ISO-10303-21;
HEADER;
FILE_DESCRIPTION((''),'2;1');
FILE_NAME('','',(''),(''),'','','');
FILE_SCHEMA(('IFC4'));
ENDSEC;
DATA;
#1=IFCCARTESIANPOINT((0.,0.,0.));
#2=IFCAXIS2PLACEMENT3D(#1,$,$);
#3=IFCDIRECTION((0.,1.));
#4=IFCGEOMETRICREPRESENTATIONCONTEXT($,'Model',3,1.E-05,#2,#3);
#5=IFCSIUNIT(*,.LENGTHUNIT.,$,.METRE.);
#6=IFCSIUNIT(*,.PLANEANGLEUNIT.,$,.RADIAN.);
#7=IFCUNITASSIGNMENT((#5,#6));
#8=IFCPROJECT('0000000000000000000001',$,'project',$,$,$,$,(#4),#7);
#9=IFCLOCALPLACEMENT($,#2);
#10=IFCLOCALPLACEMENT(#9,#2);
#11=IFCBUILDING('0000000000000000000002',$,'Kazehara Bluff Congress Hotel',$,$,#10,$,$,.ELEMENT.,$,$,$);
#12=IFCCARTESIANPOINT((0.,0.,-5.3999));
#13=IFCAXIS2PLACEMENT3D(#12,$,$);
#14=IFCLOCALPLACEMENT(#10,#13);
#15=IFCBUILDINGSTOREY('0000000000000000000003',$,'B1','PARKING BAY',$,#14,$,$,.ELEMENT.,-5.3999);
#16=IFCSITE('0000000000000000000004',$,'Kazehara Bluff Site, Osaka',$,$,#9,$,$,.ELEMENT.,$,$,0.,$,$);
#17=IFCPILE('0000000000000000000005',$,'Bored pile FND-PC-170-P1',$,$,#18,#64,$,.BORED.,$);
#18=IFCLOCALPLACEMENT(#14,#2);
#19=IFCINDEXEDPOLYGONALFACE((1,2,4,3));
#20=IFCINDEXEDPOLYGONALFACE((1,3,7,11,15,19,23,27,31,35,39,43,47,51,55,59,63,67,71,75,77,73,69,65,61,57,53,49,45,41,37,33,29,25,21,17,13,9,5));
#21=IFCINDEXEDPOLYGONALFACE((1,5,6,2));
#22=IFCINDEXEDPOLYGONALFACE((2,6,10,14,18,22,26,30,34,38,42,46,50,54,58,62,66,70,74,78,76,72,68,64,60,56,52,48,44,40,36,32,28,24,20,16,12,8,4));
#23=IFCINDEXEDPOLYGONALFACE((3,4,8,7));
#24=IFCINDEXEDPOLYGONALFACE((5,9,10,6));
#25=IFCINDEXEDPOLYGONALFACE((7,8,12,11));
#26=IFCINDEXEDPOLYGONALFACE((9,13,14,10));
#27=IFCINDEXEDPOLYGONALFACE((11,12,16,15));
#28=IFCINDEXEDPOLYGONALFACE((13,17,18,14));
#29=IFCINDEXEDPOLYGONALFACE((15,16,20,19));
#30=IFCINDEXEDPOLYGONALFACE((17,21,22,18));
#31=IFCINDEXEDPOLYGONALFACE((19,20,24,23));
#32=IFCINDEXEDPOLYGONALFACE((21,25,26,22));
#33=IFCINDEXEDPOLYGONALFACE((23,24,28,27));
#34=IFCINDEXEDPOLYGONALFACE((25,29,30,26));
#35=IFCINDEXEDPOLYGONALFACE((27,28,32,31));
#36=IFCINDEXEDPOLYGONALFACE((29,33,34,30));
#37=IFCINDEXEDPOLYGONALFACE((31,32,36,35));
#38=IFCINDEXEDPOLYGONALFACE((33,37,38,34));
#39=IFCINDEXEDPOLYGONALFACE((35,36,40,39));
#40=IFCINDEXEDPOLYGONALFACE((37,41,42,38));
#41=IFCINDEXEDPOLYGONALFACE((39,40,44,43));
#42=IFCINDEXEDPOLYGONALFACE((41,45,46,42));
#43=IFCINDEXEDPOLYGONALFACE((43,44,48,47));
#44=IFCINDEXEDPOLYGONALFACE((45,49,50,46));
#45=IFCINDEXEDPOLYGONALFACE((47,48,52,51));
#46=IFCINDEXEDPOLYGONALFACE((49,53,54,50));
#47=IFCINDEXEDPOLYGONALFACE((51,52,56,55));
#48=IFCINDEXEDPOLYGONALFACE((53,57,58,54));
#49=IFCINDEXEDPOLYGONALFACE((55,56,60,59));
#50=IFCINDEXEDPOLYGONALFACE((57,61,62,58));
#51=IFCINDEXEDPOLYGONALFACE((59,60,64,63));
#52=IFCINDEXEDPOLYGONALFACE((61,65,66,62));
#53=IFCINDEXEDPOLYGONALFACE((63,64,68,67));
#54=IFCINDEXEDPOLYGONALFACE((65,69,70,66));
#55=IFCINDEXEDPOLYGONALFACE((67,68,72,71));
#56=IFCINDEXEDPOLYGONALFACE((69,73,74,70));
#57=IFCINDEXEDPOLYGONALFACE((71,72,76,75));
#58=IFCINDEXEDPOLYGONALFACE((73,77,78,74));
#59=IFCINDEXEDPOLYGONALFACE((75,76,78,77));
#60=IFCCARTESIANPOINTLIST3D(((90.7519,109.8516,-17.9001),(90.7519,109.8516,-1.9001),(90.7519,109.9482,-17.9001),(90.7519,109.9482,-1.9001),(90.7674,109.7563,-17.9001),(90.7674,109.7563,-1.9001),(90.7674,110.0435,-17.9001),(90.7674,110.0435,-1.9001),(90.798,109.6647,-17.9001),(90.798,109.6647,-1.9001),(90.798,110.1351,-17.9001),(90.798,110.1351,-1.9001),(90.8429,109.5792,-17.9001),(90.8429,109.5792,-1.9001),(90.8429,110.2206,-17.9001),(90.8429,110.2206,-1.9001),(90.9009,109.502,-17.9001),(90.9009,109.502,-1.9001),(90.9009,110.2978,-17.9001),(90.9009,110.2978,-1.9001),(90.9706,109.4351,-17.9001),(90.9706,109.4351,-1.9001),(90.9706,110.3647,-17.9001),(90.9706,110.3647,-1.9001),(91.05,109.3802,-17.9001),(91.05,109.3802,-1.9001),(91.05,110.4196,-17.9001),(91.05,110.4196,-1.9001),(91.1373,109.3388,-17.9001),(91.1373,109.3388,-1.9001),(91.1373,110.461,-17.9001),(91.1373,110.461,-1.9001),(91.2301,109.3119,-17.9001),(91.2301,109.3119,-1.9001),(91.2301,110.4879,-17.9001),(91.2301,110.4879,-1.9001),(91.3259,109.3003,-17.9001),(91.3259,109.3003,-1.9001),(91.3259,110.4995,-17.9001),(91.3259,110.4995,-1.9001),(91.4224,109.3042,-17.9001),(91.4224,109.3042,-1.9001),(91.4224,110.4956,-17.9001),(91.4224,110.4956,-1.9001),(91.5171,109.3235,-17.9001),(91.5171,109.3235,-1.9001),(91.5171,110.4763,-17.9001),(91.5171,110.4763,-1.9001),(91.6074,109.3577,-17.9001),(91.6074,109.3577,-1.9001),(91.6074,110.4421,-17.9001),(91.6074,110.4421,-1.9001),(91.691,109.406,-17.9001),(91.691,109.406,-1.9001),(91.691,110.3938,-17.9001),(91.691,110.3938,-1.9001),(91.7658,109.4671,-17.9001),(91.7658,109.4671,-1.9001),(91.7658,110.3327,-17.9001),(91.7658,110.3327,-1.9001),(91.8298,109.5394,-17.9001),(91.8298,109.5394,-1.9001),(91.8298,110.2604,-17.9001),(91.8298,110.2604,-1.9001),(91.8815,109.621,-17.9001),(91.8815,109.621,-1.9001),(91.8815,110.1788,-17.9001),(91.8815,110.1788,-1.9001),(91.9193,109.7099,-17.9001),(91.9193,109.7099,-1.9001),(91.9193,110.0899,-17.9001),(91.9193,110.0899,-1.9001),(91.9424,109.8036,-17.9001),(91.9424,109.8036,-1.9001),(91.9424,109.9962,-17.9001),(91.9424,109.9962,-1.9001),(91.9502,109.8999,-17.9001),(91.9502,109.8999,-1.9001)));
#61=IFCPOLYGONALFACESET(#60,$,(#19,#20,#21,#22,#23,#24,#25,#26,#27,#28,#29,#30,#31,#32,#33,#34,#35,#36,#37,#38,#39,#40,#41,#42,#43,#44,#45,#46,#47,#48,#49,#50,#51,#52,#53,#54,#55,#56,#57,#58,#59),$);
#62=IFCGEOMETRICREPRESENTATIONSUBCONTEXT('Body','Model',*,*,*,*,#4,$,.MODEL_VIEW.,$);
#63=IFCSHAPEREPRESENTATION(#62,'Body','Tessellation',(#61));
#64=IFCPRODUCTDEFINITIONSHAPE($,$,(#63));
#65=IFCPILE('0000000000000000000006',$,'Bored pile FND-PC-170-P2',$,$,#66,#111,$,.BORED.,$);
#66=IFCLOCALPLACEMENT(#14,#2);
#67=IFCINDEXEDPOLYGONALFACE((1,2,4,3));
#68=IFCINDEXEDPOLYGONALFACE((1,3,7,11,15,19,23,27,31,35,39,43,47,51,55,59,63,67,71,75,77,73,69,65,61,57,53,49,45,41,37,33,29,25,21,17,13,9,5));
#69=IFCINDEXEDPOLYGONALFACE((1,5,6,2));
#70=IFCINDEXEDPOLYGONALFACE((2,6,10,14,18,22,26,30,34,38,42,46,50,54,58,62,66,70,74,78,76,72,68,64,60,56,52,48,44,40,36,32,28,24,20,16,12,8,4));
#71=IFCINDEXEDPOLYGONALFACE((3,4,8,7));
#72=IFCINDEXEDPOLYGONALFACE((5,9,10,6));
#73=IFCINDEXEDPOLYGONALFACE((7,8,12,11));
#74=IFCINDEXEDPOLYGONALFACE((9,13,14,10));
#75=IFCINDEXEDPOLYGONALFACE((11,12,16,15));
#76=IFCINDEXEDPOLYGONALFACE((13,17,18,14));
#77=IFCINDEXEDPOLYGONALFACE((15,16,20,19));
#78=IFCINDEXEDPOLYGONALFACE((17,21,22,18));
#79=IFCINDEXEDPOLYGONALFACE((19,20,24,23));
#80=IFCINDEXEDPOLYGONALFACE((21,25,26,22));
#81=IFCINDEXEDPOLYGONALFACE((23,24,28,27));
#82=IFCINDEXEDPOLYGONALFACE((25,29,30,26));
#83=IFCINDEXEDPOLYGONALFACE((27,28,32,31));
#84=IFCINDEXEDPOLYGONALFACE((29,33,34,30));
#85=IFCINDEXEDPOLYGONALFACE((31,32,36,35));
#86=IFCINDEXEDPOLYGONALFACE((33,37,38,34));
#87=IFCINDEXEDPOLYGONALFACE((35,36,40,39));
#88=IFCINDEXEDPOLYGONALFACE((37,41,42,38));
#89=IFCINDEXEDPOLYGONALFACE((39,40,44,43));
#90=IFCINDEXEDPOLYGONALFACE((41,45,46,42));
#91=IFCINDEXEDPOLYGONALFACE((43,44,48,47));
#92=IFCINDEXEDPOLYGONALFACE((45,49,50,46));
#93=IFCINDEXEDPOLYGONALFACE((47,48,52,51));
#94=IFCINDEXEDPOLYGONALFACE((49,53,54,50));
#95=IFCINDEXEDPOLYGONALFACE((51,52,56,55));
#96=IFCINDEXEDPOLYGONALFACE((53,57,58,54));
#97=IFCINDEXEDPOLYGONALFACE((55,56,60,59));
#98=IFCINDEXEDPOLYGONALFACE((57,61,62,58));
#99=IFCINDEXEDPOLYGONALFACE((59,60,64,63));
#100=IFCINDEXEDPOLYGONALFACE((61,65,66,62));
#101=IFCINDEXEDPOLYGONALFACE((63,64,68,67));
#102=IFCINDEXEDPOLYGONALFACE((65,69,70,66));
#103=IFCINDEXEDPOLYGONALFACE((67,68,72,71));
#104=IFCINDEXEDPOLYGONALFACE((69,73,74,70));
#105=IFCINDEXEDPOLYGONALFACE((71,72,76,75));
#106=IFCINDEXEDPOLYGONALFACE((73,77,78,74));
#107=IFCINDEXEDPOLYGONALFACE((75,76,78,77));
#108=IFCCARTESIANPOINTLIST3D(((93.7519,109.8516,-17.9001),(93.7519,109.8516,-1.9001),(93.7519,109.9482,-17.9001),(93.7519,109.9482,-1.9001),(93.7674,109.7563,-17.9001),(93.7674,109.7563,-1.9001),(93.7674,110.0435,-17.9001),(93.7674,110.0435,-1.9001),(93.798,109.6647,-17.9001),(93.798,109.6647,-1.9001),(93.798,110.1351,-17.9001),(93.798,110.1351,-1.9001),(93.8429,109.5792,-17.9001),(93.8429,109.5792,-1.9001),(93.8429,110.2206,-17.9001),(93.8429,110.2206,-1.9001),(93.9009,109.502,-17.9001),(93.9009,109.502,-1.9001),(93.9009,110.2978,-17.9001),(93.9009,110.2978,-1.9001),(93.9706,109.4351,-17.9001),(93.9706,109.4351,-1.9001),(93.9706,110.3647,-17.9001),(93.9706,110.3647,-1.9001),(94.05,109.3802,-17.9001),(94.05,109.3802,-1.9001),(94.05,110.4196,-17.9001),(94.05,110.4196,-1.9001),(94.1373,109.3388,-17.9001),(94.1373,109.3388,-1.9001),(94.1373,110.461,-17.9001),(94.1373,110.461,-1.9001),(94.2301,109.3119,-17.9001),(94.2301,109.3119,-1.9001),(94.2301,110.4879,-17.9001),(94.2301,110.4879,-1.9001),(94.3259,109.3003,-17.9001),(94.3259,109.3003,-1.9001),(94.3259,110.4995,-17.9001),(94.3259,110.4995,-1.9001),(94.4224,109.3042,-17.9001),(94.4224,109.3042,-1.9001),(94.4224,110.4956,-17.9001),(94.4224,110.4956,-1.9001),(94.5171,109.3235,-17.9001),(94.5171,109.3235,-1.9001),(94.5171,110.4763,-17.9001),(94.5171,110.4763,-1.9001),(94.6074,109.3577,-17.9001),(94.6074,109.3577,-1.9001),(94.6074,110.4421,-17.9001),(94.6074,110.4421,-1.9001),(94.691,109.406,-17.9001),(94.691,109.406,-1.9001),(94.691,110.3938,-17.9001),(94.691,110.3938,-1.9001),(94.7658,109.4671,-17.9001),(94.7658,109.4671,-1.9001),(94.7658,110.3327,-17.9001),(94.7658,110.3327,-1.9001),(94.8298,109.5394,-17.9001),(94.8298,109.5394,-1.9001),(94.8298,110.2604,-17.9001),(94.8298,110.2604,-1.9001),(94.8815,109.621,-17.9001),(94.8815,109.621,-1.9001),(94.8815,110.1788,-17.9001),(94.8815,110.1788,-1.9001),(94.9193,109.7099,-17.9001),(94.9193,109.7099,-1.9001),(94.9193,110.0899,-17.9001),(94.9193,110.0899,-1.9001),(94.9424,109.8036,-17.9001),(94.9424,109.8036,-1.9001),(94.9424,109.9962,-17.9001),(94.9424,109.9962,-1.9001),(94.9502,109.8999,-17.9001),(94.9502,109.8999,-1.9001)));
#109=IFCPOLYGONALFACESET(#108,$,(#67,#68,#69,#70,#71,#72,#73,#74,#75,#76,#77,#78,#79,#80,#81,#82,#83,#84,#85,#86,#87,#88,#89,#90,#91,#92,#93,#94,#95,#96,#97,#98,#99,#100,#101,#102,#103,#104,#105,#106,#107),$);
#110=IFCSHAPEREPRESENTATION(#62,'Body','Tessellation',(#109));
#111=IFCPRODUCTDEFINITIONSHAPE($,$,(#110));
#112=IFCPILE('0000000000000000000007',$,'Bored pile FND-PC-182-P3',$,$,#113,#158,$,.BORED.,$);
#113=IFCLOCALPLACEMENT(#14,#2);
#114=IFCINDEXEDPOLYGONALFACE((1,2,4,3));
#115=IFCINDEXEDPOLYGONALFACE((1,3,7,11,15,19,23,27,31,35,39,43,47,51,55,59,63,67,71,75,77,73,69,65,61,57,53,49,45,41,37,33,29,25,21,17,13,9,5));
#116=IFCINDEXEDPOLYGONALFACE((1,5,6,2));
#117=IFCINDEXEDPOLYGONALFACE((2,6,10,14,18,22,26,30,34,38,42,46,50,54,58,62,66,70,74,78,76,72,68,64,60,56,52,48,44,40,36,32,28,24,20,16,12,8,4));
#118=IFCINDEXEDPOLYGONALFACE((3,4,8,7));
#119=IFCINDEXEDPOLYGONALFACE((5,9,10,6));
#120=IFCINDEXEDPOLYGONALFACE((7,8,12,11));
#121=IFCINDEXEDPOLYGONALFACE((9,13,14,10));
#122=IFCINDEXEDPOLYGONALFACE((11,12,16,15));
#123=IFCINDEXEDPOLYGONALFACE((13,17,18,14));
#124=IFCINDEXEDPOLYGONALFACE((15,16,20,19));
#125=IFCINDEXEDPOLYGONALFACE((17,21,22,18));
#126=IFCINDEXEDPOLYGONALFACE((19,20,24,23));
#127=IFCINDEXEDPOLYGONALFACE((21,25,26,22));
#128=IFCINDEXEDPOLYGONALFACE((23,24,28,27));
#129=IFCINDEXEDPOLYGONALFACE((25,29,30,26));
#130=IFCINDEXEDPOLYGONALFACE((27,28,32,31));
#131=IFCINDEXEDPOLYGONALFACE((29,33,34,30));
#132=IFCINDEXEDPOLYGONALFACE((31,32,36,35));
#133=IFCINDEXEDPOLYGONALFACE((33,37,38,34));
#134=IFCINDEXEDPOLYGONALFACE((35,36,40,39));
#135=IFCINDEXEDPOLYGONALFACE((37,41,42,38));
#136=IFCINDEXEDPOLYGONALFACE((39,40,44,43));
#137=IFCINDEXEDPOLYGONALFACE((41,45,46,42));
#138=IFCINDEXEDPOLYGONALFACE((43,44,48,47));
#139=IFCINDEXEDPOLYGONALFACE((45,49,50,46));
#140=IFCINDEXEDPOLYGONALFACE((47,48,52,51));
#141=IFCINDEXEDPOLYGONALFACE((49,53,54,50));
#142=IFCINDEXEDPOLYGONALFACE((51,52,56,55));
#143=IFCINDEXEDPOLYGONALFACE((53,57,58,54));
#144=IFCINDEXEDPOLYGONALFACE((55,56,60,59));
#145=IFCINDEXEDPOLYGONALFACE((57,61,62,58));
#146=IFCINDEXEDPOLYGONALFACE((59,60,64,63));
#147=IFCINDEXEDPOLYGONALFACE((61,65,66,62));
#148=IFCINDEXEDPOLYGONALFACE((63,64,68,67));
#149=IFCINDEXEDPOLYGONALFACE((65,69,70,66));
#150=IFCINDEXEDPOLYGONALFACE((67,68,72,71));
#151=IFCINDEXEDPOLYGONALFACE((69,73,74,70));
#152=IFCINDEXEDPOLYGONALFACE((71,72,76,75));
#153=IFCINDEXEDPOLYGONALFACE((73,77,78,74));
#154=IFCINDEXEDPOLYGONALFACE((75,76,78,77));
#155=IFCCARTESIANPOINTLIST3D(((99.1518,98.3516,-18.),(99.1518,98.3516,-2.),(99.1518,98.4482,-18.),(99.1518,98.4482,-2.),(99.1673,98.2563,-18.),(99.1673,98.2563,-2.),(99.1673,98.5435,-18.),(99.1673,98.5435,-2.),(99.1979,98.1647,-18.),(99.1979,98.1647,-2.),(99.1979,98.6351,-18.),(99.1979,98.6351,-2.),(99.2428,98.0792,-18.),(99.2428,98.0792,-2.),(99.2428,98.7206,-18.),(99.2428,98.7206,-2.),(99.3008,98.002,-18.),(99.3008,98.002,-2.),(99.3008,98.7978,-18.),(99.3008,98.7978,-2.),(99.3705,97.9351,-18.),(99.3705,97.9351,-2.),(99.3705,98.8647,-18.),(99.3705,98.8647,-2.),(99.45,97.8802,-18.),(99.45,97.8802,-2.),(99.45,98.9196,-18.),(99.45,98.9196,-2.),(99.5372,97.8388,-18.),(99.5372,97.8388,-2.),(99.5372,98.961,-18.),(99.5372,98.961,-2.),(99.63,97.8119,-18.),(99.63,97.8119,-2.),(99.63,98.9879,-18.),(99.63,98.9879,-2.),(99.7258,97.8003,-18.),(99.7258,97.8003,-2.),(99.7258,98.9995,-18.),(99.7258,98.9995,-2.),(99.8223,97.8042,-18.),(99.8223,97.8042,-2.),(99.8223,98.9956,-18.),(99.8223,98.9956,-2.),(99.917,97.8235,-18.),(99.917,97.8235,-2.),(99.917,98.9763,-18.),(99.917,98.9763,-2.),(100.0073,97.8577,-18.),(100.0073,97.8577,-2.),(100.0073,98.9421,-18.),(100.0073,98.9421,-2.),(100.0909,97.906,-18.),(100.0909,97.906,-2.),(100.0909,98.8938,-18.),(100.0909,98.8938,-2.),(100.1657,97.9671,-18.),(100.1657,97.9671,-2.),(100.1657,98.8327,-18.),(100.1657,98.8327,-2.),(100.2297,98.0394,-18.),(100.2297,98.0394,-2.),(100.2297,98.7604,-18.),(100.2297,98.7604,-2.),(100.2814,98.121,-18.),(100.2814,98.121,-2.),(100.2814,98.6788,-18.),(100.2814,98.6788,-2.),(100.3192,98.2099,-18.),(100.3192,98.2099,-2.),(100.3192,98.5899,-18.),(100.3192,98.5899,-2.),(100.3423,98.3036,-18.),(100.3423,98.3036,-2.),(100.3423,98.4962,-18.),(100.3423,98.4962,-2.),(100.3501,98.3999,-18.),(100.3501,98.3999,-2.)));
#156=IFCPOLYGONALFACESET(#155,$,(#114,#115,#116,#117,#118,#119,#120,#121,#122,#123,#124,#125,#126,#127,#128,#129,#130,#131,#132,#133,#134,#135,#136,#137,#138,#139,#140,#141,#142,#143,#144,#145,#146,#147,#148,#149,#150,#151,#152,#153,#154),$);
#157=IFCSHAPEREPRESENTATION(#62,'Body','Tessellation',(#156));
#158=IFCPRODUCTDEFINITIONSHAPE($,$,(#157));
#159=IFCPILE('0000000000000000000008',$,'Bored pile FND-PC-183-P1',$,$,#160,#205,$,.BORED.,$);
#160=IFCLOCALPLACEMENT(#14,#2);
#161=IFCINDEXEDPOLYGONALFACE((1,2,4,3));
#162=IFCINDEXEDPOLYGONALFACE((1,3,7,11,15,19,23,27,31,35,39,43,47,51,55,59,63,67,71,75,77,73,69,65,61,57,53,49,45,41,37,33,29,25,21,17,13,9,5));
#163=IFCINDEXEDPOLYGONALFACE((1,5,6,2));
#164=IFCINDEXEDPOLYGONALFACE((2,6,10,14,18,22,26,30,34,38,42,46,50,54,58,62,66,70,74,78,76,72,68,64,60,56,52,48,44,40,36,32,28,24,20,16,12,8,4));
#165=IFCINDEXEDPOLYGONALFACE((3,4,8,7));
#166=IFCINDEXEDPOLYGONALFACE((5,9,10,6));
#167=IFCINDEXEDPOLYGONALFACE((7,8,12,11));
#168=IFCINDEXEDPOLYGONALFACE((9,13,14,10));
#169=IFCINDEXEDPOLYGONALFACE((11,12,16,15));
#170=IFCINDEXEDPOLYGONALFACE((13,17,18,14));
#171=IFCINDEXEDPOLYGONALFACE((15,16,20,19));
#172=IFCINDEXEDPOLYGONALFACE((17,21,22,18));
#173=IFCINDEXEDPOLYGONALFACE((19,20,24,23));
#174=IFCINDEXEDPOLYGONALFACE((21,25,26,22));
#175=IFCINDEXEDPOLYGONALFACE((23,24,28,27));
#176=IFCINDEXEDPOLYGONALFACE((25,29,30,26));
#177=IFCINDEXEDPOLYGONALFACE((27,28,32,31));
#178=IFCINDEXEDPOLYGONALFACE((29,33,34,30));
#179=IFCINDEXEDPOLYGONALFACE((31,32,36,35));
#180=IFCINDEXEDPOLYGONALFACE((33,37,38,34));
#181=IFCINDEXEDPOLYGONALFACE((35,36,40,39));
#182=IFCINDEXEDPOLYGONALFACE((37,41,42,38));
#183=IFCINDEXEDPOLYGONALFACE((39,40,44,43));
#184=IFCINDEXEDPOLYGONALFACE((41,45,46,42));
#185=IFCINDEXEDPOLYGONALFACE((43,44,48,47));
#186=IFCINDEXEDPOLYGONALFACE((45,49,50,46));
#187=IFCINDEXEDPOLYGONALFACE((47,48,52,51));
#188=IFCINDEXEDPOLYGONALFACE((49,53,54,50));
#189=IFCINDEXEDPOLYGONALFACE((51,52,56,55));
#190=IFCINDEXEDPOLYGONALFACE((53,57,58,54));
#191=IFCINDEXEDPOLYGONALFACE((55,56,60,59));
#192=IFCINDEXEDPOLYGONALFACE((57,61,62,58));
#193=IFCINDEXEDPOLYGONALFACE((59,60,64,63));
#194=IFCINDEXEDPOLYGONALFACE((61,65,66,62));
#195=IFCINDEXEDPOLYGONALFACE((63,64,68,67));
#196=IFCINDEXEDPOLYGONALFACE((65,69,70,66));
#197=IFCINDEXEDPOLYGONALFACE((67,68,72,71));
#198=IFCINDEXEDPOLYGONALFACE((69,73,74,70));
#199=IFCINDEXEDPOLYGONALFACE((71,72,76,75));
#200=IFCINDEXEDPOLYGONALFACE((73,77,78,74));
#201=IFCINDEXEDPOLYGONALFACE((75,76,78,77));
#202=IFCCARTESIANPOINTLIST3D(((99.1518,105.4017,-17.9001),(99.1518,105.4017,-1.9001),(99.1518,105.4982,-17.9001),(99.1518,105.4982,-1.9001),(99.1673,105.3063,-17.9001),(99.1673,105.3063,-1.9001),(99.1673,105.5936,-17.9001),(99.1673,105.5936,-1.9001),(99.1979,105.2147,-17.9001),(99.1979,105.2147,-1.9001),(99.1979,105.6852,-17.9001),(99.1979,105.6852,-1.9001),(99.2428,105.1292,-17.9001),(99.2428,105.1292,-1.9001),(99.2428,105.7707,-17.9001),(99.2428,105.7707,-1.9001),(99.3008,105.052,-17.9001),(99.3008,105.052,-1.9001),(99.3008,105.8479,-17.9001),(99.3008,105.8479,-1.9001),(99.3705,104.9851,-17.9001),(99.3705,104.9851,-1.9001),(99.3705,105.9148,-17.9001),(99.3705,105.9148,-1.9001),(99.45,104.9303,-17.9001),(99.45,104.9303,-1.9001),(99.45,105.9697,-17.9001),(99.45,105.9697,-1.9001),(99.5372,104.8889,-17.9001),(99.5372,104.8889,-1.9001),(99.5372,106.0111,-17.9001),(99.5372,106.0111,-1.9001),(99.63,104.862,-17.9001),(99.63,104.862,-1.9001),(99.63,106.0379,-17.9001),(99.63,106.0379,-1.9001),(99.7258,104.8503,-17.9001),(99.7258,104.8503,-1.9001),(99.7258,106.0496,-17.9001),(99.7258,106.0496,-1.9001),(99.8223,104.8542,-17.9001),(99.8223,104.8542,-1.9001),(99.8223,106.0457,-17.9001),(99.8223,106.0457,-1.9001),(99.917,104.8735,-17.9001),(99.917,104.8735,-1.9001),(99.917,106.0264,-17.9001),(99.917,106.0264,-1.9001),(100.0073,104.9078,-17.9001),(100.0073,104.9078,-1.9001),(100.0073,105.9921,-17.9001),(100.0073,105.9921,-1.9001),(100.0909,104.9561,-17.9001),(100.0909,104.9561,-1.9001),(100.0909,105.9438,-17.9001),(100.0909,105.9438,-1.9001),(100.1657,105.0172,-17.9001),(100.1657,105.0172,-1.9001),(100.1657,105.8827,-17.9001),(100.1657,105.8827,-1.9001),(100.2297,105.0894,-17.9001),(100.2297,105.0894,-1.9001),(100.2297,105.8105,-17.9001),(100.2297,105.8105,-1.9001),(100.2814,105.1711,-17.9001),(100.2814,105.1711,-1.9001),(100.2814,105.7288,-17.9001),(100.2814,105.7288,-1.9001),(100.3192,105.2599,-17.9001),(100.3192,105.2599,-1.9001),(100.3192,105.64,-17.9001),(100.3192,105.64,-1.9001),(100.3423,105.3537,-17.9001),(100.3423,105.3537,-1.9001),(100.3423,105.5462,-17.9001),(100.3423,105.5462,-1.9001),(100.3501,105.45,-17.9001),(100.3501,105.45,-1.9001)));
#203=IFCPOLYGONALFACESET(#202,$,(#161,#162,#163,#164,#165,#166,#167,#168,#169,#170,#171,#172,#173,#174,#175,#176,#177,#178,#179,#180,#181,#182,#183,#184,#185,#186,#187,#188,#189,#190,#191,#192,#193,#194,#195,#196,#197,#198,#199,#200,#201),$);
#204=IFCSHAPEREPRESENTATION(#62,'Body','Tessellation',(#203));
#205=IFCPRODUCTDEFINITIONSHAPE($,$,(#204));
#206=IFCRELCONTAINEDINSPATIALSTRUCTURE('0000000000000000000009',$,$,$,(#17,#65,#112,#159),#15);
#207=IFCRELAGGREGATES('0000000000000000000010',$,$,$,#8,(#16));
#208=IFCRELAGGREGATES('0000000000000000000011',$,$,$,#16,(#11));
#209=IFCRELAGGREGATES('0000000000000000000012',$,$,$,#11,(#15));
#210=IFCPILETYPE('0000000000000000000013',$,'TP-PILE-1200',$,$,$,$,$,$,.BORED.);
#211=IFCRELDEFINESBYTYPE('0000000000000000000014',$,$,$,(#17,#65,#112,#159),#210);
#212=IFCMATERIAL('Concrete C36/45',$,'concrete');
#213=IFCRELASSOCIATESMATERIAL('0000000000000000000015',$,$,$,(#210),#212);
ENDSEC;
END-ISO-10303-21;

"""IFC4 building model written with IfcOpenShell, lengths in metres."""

from ifc_helpers import new_model, si_unit, direction, frame, origin, origin_2d, place, context, subcontext, project, spatial, circle, extrude, material, material_profile, profile_set, type_object, element, save


model = new_model("IFC4")

# Units and contexts
model_context = context("Model", 3, precision=1e-05, world=origin(), true_north=direction((0.0, 1.0)))
body_context = subcontext(model_context, "Body", "Model", "MODEL_VIEW")
ifc_project = project(units=[si_unit("LENGTHUNIT", "METRE"), si_unit("PLANEANGLEUNIT", "RADIAN")], contexts=[model_context])

# Site, building, storey
site_placement = place(None, origin())
site = spatial("IfcSite", under=ifc_project, at=site_placement, Name="Kazehara Bluff Site, Osaka", CompositionType="ELEMENT", RefElevation=0.0)
building_placement = place(site_placement, origin())
building = spatial("IfcBuilding", under=site, at=building_placement, Name="Kazehara Bluff Congress Hotel", CompositionType="ELEMENT")
storey_placement = place(building_placement, frame((0.0, 0.0, -5.3999)))
storey = spatial("IfcBuildingStorey", under=building, at=storey_placement, Name="B1", Description="PARKING BAY", CompositionType="ELEMENT", Elevation=-5.3999)

# Piles
ifc_material_1 = material(Name="Concrete C36/45", Category="concrete")
ifc_material_profile_1 = material_profile(ifc_material_1, circle(Radius=0.6001, at=origin_2d()))
ifc_profile_set_1 = profile_set([ifc_material_profile_1], Name="Concrete C36/45")
pile_type = type_object("IfcPileType", Name="TP-PILE-1200", PredefinedType="BORED", material=ifc_profile_set_1)
for number, where, z_axis, x_axis, name in (
    (1, (91.3501, 109.8999, -1.9001), (0.0, 0.0, -1.0), (1.0, 0.0, 0.0), "Bored pile FND-PC-170-P1"),
    (2, (94.3501, 109.8999, -1.9001), (0.0, 0.0, -1.0), (1.0, 0.0, 0.0), "Bored pile FND-PC-170-P2"),
    (3, (99.75, 98.3999, -2.0), (0.0, 0.0, -1.0), (1.0, 0.0, 0.0), "Bored pile FND-PC-182-P3"),
    (4, (99.75, 105.45, -1.9001), (0.0, 0.0, -1.0), (1.0, 0.0, 0.0), "Bored pile FND-PC-183-P1"),
):
    element("IfcPile", number, at=place(storey_placement, frame(where, z_axis=z_axis, x_axis=x_axis)), inside=storey, type_object=pile_type, Name=name, PredefinedType="BORED", context=body_context, shape_type="SweptSolid", body=[
        extrude(circle(Radius=0.6001, at=origin_2d()), origin(), (0.0, 0.0, 1.0), 16.0),
    ])

save(model, "model.ifc")
